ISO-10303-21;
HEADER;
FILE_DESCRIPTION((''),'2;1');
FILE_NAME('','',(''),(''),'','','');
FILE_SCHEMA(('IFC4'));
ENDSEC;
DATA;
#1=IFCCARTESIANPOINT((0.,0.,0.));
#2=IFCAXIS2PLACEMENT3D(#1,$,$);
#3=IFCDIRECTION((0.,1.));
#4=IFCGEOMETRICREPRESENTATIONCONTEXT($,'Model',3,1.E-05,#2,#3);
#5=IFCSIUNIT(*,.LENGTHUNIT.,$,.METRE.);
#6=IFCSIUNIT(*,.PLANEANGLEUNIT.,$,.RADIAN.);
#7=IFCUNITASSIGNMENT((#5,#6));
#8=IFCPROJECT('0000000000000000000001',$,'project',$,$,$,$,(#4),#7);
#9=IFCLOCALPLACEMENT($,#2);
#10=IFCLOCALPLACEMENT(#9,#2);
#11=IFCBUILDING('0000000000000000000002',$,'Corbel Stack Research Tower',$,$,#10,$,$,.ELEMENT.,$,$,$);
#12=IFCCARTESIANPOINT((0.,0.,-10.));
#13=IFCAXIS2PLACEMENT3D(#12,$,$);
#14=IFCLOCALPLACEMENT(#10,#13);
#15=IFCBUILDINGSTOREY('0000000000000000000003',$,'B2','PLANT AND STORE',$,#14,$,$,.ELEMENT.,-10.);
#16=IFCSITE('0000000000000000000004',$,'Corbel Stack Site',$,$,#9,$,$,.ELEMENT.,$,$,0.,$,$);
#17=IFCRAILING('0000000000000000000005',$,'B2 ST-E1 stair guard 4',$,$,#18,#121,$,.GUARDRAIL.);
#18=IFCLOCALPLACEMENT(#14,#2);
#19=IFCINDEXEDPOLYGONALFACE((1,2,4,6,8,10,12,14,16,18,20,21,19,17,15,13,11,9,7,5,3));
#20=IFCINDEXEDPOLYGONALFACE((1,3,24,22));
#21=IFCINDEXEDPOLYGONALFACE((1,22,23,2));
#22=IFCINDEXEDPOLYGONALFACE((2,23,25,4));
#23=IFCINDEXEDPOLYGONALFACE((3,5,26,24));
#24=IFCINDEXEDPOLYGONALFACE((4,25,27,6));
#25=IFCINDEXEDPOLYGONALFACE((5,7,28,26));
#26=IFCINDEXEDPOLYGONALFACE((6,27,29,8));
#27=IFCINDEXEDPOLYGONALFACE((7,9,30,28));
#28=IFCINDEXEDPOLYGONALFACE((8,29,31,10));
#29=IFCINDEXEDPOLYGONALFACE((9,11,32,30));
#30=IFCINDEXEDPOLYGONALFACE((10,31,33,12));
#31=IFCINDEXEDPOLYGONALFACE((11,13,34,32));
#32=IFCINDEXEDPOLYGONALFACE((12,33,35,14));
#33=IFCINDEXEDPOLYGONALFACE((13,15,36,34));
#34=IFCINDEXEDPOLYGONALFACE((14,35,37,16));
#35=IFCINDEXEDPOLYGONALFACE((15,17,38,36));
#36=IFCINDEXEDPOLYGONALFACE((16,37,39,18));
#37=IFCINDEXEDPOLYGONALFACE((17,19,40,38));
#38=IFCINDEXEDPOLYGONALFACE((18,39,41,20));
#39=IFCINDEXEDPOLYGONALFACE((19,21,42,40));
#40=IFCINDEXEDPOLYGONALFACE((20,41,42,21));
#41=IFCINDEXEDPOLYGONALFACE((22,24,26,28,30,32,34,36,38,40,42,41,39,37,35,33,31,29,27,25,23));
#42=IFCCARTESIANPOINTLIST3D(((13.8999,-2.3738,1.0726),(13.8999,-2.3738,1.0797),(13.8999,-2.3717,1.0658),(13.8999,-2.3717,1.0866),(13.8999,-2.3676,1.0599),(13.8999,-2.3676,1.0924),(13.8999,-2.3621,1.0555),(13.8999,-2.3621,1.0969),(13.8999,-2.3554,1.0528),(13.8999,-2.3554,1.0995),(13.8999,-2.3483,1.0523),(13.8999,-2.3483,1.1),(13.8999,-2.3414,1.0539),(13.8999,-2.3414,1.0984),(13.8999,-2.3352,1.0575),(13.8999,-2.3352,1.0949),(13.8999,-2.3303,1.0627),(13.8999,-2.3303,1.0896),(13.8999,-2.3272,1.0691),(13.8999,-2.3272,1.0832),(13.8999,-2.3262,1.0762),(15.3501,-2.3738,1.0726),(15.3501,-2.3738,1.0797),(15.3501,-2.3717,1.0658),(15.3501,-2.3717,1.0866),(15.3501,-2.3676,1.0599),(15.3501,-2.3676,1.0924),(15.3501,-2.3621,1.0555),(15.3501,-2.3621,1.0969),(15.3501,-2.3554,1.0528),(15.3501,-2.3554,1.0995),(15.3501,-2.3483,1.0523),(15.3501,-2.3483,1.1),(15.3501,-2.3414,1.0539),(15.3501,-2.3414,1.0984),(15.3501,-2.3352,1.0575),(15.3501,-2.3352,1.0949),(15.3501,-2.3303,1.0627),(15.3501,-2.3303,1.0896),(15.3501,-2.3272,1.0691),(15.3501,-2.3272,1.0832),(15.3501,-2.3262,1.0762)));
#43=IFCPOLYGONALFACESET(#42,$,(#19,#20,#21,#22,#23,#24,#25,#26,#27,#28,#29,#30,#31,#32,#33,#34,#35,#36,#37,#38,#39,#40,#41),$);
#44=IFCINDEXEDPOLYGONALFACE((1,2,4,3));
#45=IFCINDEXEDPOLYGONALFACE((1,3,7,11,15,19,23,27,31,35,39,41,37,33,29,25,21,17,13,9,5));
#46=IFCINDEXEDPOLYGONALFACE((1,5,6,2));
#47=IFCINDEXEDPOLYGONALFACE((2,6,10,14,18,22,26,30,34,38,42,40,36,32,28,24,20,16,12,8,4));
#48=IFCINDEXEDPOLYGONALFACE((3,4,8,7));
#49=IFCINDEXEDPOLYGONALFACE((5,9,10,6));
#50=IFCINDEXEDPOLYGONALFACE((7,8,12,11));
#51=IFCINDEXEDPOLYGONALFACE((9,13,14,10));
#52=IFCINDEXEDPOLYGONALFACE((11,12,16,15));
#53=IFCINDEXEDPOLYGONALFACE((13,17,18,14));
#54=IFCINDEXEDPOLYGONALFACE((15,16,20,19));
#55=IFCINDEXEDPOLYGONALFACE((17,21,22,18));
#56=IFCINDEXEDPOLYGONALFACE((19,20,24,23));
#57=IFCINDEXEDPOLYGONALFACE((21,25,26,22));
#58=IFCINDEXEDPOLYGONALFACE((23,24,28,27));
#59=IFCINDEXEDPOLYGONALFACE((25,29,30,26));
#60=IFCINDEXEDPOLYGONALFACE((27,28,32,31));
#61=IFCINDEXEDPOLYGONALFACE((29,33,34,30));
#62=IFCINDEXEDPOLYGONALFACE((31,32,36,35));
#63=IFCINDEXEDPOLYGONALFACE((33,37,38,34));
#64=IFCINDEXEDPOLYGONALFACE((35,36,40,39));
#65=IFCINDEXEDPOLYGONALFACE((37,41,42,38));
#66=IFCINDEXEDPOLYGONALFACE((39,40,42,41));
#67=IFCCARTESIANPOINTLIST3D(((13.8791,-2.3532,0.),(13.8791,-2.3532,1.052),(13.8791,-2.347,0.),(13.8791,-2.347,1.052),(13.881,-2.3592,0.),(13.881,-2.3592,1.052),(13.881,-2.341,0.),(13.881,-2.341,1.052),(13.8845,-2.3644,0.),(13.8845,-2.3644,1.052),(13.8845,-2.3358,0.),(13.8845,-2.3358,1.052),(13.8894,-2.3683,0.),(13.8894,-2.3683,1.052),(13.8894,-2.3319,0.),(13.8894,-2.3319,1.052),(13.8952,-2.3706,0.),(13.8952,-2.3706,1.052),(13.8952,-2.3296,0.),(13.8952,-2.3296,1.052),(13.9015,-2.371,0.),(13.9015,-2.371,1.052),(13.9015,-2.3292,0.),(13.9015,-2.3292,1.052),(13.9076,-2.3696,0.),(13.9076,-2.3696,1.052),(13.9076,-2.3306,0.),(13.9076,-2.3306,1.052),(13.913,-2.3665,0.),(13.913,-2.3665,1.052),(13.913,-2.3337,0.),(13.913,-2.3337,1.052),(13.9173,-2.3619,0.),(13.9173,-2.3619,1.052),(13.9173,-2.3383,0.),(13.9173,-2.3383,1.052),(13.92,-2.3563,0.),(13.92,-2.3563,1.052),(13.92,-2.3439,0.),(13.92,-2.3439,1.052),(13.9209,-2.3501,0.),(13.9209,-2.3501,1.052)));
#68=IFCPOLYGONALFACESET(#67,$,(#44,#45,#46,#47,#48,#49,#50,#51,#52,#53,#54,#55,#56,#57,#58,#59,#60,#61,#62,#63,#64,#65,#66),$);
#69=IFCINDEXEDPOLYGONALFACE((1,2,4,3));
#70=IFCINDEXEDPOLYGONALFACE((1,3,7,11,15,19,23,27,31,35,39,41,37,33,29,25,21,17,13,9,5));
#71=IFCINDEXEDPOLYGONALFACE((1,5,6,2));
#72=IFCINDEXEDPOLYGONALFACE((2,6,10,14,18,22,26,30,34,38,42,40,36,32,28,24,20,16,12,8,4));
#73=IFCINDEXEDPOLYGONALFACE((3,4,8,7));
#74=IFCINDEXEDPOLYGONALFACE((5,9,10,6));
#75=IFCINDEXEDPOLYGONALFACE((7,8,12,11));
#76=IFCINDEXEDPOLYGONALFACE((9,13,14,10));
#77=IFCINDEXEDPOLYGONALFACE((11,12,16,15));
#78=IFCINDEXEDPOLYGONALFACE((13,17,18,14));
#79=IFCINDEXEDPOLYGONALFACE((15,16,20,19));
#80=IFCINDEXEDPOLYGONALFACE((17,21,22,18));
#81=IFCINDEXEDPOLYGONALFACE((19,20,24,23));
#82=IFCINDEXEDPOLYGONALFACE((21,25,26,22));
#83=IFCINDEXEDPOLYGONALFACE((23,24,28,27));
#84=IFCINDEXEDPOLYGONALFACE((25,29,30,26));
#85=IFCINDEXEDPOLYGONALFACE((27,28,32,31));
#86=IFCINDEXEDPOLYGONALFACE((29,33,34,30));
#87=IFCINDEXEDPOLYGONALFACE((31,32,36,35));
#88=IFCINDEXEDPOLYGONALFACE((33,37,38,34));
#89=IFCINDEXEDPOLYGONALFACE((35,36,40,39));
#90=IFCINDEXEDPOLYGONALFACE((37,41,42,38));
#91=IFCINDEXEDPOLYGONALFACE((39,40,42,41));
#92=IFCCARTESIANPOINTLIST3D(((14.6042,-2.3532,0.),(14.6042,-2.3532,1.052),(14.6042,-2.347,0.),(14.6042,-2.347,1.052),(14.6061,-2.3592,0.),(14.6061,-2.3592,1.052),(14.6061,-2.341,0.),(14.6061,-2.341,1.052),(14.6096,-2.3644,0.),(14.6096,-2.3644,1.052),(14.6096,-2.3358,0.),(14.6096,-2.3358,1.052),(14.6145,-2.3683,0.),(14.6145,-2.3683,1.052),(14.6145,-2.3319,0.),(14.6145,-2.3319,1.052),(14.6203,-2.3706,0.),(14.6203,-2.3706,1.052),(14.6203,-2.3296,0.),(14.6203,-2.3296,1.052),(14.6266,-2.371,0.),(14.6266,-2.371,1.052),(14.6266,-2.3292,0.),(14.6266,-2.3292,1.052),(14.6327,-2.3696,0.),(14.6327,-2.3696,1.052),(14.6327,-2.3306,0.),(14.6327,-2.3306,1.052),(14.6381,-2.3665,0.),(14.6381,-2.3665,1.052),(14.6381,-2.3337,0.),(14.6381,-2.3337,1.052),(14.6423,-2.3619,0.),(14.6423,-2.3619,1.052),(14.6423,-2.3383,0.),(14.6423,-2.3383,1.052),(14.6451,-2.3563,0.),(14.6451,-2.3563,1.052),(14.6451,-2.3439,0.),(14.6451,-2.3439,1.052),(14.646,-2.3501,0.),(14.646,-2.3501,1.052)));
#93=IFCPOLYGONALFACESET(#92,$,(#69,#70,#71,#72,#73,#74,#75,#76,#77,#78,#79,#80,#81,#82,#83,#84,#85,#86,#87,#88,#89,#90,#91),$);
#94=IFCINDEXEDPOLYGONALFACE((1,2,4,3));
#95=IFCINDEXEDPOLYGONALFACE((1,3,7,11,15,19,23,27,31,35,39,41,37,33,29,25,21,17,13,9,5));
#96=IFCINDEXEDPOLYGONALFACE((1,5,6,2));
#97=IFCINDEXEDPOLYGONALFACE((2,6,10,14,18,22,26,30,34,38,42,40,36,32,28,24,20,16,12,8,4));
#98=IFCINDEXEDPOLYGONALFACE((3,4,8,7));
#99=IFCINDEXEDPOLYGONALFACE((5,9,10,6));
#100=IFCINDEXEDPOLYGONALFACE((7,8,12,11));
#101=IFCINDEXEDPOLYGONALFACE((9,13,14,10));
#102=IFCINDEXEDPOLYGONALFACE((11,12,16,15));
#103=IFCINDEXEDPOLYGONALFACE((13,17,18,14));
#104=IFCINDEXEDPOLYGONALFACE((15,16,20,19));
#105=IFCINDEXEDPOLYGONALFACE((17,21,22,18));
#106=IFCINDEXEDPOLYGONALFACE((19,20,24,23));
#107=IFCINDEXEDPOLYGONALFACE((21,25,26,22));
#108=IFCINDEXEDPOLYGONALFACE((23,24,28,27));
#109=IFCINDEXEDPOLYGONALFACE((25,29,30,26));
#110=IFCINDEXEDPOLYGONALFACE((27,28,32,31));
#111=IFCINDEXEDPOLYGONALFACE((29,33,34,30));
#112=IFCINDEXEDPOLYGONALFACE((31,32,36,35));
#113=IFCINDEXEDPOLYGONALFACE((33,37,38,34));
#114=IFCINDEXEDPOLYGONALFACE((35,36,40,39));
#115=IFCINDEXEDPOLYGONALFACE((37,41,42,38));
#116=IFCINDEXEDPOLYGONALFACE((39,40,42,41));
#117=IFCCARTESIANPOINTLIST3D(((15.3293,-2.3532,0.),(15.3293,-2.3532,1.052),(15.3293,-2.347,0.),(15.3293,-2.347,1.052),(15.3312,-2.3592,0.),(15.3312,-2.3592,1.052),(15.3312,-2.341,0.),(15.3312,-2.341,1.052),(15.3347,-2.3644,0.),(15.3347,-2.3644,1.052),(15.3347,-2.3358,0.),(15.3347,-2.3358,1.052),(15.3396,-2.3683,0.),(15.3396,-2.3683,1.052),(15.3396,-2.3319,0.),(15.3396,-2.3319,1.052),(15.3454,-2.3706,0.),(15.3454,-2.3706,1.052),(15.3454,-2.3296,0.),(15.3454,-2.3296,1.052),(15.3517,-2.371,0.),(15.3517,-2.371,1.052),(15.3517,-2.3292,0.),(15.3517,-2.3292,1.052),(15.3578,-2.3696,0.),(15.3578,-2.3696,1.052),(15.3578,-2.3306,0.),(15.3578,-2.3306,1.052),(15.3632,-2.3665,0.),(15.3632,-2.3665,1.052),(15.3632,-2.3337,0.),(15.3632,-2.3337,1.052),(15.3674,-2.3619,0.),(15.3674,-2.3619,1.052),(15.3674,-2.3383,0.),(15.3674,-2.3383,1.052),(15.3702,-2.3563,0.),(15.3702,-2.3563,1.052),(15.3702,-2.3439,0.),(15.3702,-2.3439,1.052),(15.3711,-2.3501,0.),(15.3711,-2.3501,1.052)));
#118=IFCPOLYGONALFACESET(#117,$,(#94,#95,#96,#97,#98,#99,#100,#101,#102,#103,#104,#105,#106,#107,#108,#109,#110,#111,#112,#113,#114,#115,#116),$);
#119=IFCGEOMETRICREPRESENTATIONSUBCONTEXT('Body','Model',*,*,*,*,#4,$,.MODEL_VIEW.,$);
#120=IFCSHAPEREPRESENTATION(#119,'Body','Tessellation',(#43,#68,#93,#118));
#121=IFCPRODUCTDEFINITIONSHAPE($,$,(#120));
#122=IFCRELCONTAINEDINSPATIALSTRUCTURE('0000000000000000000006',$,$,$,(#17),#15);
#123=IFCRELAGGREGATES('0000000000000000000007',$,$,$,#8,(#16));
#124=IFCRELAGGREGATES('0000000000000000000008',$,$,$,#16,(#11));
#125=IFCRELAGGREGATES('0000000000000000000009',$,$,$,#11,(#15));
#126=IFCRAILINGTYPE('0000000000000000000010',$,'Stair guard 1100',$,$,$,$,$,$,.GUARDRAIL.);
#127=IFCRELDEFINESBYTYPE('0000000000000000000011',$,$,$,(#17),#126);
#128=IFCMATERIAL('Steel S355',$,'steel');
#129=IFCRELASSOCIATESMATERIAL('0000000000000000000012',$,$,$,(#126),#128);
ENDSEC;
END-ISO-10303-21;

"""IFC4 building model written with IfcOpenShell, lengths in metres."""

from ifc_helpers import new_model, si_unit, direction, frame, origin, origin_2d, place, context, subcontext, project, spatial, circle, extrude, material, type_object, element, save


model = new_model("IFC4")

# Units and contexts
model_context = context("Model", 3, precision=1e-05, world=origin(), true_north=direction((0.0, 1.0)))
body_context = subcontext(model_context, "Body", "Model", "MODEL_VIEW")
ifc_project = project(units=[si_unit("LENGTHUNIT", "METRE"), si_unit("PLANEANGLEUNIT", "RADIAN")], contexts=[model_context])

# Site, building, storey
site_placement = place(None, origin())
site = spatial("IfcSite", under=ifc_project, at=site_placement, Name="Corbel Stack Site", CompositionType="ELEMENT", RefElevation=0.0)
building_placement = place(site_placement, origin())
building = spatial("IfcBuilding", under=site, at=building_placement, Name="Corbel Stack Research Tower", CompositionType="ELEMENT")
storey_placement = place(building_placement, frame((0.0, 0.0, -10.0)))
storey = spatial("IfcBuildingStorey", under=building, at=storey_placement, Name="B2", Description="PLANT AND STORE", CompositionType="ELEMENT", Elevation=-10.0)

# Railing
ifc_material_1 = material(Name="Steel S355", Category="steel")
railing_type_1 = type_object("IfcRailingType", Name="Stair guard 1100", PredefinedType="GUARDRAIL", material=ifc_material_1)
railing_1_placement = place(storey_placement, frame((13.8999, -2.3501, 0.0)))
element("IfcRailing", 1, at=railing_1_placement, inside=storey, type_object=railing_type_1, Name="B2 ST-E1 stair guard 4", PredefinedType="GUARDRAIL", context=body_context, shape_type="SweptSolid", body=[
    extrude(circle(Radius=0.0239, at=origin_2d()), frame((0.0, 0.0, 1.0762), z_axis=(1.0, 0.0, 0.0), x_axis=(0.0, 1.0, 0.0)), (0.0, 0.0, 1.0), 1.4502),
    extrude(circle(Radius=0.021, at=origin_2d()), origin(), (0.0, 0.0, 1.0), 1.052),
    extrude(circle(Radius=0.021, at=origin_2d()), frame((0.7251, 0.0, 0.0)), (0.0, 0.0, 1.0), 1.052),
    extrude(circle(Radius=0.021, at=origin_2d()), frame((1.4502, 0.0, 0.0)), (0.0, 0.0, 1.0), 1.052),
])

save(model, "model.ifc")
